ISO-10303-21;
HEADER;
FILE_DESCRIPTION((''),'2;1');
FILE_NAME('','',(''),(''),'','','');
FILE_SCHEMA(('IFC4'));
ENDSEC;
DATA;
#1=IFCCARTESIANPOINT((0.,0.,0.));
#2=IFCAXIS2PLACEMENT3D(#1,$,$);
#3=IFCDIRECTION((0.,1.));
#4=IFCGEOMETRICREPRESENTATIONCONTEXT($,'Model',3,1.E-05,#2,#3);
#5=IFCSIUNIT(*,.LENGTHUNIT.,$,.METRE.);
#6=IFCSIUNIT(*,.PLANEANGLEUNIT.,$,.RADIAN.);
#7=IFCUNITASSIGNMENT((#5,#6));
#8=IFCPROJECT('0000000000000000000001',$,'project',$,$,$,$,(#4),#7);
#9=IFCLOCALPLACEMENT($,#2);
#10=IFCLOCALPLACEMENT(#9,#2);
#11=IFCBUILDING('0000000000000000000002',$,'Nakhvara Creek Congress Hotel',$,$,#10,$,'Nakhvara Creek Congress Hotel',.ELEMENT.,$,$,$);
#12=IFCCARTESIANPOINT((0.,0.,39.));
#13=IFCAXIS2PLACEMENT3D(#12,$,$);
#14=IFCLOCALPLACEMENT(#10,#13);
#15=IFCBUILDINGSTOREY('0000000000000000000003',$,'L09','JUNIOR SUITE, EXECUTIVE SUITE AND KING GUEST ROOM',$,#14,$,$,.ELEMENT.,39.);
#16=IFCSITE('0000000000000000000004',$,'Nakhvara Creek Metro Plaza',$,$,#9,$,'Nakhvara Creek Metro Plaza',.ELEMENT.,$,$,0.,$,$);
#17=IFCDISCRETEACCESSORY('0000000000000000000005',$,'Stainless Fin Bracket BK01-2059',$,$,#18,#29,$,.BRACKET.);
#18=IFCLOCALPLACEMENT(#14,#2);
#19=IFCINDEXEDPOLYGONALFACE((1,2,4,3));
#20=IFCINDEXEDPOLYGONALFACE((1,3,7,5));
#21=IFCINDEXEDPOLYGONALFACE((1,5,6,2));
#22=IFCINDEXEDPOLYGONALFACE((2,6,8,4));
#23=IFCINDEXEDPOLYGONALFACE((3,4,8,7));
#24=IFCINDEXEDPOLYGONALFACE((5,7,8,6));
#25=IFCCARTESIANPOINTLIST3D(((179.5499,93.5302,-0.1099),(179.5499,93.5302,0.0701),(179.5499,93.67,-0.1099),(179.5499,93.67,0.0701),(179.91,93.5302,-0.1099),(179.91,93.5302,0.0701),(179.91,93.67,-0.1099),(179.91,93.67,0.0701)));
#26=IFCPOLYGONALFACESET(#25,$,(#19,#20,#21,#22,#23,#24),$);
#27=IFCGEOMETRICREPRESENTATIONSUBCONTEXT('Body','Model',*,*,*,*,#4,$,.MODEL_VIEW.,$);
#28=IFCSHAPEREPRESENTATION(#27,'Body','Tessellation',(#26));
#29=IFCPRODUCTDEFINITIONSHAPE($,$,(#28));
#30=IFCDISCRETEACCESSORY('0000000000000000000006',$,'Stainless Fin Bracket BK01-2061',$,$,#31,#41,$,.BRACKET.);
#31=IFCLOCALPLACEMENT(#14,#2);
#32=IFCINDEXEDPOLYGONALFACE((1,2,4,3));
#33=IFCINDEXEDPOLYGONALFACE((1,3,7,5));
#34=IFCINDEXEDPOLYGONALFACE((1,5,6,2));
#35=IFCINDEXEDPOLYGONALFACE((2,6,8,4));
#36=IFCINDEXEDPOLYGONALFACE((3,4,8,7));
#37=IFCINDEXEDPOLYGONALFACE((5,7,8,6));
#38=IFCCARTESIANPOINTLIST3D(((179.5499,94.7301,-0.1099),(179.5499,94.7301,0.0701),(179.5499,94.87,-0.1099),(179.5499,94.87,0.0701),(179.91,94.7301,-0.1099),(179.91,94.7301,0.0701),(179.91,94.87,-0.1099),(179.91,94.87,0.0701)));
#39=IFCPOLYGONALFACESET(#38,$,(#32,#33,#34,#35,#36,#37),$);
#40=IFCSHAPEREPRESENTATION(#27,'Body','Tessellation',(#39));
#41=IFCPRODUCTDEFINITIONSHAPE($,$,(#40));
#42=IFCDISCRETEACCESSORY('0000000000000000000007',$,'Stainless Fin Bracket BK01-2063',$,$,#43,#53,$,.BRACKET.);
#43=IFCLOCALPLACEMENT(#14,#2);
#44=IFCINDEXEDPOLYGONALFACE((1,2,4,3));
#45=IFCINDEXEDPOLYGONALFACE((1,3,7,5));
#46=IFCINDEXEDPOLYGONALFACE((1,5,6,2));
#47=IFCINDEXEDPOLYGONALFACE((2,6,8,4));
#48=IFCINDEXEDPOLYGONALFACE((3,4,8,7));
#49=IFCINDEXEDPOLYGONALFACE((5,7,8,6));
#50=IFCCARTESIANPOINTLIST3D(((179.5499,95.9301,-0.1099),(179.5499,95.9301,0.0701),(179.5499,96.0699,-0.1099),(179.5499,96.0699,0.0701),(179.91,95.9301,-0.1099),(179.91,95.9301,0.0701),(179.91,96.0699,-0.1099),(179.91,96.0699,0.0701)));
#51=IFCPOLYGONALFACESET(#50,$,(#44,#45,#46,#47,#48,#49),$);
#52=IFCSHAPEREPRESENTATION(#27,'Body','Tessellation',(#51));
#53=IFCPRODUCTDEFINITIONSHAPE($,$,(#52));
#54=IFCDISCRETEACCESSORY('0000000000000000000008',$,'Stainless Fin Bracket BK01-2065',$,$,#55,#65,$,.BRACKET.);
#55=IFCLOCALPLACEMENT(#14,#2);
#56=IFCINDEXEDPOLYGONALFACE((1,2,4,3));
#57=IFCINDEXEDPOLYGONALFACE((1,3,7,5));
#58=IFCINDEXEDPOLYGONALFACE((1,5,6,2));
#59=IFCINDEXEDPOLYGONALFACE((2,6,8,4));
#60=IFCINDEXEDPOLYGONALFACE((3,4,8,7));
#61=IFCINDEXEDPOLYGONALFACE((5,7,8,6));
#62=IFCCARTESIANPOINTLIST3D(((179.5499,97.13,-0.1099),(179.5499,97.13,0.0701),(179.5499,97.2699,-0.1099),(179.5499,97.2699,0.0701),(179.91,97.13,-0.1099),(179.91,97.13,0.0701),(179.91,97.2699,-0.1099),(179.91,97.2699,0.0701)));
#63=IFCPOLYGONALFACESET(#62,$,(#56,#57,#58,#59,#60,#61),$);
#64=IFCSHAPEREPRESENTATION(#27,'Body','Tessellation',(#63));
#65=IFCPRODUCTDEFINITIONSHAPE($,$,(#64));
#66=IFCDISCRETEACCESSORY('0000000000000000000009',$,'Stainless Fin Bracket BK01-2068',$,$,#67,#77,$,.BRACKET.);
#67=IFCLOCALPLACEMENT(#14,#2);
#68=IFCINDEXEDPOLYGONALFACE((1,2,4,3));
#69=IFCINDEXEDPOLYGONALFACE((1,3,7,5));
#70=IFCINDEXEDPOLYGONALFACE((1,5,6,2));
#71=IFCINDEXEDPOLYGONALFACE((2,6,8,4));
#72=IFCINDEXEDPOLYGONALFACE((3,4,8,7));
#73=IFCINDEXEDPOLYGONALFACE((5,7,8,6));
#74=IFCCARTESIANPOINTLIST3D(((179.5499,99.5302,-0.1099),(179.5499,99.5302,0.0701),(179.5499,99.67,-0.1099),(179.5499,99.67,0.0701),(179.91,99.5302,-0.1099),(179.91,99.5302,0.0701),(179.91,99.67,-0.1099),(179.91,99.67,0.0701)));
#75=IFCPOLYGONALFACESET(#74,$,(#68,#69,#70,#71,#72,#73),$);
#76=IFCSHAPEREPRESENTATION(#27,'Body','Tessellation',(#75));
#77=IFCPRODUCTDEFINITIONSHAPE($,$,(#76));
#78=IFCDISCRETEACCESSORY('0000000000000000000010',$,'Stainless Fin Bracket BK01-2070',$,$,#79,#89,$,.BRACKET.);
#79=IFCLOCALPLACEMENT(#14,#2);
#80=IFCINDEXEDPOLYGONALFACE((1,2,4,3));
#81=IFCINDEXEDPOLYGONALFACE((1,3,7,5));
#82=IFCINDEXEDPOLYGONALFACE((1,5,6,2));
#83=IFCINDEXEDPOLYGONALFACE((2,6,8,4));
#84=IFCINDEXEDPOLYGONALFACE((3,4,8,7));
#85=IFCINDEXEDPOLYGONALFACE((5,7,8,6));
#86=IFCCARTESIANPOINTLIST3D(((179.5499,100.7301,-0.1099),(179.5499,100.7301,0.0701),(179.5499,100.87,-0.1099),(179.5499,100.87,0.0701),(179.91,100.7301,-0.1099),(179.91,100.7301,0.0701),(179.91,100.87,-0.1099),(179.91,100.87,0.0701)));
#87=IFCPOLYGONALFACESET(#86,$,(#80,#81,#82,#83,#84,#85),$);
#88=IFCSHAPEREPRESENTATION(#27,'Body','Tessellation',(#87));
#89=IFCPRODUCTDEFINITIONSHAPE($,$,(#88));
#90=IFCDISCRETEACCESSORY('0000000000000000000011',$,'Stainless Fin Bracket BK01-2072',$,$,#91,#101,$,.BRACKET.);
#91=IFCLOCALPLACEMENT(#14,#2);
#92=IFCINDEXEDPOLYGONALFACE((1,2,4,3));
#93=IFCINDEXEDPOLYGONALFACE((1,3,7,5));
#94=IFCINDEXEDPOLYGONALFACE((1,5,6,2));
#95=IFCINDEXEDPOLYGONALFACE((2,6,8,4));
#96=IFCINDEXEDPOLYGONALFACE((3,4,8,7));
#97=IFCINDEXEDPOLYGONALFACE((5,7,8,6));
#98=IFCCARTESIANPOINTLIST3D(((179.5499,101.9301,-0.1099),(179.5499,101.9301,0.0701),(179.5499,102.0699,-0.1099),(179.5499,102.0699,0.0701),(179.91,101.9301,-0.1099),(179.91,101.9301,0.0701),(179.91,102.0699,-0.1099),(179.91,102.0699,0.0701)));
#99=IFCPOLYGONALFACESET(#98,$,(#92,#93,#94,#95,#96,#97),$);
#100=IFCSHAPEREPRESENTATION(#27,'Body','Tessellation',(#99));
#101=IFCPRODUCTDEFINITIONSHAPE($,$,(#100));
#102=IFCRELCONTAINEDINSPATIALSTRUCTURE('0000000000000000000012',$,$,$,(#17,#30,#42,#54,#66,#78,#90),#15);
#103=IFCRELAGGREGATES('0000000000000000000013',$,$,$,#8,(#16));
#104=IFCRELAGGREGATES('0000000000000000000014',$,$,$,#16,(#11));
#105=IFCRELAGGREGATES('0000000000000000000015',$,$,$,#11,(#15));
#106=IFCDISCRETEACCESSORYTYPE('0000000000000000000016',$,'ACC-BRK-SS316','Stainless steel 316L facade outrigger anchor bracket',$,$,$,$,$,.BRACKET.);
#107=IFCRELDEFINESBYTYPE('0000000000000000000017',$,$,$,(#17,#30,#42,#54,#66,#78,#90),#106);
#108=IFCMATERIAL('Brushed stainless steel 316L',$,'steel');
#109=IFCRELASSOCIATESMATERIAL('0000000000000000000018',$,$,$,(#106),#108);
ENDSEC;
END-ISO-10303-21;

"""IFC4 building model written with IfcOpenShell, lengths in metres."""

from ifc_helpers import new_model, si_unit, direction, frame, origin, origin_2d, place, context, subcontext, project, spatial, rectangle, extrude, material, type_object, element, save


model = new_model("IFC4")

# Units and contexts
model_context = context("Model", 3, precision=1e-05, world=origin(), true_north=direction((0.0, 1.0)))
body_context = subcontext(model_context, "Body", "Model", "MODEL_VIEW")
ifc_project = project(units=[si_unit("LENGTHUNIT", "METRE"), si_unit("PLANEANGLEUNIT", "RADIAN")], contexts=[model_context])

# Site, building, storey
site_placement = place(None, origin())
site = spatial("IfcSite", under=ifc_project, at=site_placement, Name="Nakhvara Creek Metro Plaza", LongName="Nakhvara Creek Metro Plaza", CompositionType="ELEMENT", RefElevation=0.0)
building_placement = place(site_placement, origin())
building = spatial("IfcBuilding", under=site, at=building_placement, Name="Nakhvara Creek Congress Hotel", LongName="Nakhvara Creek Congress Hotel", CompositionType="ELEMENT")
storey_placement = place(building_placement, frame((0.0, 0.0, 39.0)))
storey = spatial("IfcBuildingStorey", under=building, at=storey_placement, Name="L09", Description="JUNIOR SUITE, EXECUTIVE SUITE AND KING GUEST ROOM", CompositionType="ELEMENT", Elevation=39.0)

# Discrete accessories
ifc_material_1 = material(Name="Brushed stainless steel 316L", Category="steel")
discrete_accessory_type = type_object("IfcDiscreteAccessoryType", Name="ACC-BRK-SS316", Description="Stainless steel 316L facade outrigger anchor bracket", PredefinedType="BRACKET", material=ifc_material_1)
for number, where, z_axis, x_axis, name in (
    (1, (179.73, 93.6001, -0.1099), (0.0, 0.0, 1.0), (0.0, 1.0, 0.0), "Stainless Fin Bracket BK01-2059"),
    (2, (179.73, 94.8, -0.1099), (0.0, 0.0, 1.0), (0.0, 1.0, 0.0), "Stainless Fin Bracket BK01-2061"),
    (3, (179.73, 96.0, -0.1099), (0.0, 0.0, 1.0), (0.0, 1.0, 0.0), "Stainless Fin Bracket BK01-2063"),
    (4, (179.73, 97.2, -0.1099), (0.0, 0.0, 1.0), (0.0, 1.0, 0.0), "Stainless Fin Bracket BK01-2065"),
    (5, (179.73, 99.6001, -0.1099), (0.0, 0.0, 1.0), (0.0, 1.0, 0.0), "Stainless Fin Bracket BK01-2068"),
    (6, (179.73, 100.8, -0.1099), (0.0, 0.0, 1.0), (0.0, 1.0, 0.0), "Stainless Fin Bracket BK01-2070"),
    (7, (179.73, 102.0, -0.1099), (0.0, 0.0, 1.0), (0.0, 1.0, 0.0), "Stainless Fin Bracket BK01-2072"),
):
    element("IfcDiscreteAccessory", number, at=place(storey_placement, frame(where, z_axis=z_axis, x_axis=x_axis)), inside=storey, type_object=discrete_accessory_type, Name=name, PredefinedType="BRACKET", context=body_context, shape_type="SweptSolid", body=[
        extrude(rectangle(XDim=0.1399, YDim=0.3601, at=origin_2d()), origin(), (0.0, 0.0, 1.0), 0.1799),
    ])

save(model, "model.ifc")
